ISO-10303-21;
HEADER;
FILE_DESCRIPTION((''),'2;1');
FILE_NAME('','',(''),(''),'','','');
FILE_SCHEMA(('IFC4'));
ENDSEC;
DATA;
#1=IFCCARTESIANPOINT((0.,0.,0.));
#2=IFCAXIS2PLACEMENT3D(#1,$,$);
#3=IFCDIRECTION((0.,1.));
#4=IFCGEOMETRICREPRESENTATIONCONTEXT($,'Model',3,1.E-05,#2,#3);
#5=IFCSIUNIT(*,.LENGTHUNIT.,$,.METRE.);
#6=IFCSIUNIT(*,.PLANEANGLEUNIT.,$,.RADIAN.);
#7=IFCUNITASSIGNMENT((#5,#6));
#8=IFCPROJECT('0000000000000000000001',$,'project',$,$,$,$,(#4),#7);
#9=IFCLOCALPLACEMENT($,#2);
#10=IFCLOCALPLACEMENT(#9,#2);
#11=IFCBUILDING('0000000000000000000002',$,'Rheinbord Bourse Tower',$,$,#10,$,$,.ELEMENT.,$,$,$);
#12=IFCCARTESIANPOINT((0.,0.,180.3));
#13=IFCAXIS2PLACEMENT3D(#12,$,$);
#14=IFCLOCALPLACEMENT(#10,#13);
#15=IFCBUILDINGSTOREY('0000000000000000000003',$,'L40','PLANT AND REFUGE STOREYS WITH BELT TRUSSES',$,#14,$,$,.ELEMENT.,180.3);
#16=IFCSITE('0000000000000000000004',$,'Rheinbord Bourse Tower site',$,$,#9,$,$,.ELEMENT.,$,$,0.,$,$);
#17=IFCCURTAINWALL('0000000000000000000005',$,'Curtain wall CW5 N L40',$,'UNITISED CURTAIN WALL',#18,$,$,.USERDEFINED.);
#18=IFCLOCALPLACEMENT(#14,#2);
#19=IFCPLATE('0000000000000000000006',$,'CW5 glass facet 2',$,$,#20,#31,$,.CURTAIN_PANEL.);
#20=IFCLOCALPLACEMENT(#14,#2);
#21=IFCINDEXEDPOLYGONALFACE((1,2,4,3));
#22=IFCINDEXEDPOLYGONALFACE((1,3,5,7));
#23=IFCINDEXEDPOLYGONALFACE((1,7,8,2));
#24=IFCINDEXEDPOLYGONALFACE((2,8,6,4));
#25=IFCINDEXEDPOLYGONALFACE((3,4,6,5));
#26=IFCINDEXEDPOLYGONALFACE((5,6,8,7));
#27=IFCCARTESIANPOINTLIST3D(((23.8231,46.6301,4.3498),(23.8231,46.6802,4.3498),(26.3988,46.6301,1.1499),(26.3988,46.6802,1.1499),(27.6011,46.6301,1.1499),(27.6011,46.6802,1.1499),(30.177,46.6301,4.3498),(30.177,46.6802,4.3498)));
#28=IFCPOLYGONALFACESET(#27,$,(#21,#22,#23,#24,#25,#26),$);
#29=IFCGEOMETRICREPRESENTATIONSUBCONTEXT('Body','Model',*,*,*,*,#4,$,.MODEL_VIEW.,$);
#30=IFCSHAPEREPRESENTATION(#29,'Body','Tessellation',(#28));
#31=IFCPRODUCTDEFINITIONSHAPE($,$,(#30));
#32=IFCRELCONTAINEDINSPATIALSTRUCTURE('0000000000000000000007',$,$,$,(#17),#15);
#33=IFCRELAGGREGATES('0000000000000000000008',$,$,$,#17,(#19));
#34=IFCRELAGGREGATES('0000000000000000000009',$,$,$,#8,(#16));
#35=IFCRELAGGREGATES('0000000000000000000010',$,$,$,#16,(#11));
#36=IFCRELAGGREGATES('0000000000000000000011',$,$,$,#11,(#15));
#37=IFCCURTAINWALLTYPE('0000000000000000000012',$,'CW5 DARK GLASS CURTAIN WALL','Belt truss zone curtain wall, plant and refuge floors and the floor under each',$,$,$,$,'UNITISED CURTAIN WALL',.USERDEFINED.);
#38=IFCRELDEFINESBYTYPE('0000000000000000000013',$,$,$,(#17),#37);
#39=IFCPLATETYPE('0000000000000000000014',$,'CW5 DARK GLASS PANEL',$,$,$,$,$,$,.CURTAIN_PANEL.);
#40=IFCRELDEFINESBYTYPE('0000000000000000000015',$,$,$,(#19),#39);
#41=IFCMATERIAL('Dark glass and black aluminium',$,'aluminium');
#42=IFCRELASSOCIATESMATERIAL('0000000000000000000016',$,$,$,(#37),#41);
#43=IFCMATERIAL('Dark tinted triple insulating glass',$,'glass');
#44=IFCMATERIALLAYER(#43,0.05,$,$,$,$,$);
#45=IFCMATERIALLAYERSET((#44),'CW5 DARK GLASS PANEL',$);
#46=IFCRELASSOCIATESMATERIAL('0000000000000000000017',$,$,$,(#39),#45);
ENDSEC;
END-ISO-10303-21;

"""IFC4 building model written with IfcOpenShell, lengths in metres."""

from ifc_helpers import new_model, si_unit, direction, frame, origin, place, context, subcontext, project, spatial, polyline, outline, extrude, material, layer, layer_set, type_object, element, aggregate, save


model = new_model("IFC4")

# Units and contexts
model_context = context("Model", 3, precision=1e-05, world=origin(), true_north=direction((0.0, 1.0)))
body_context = subcontext(model_context, "Body", "Model", "MODEL_VIEW")
ifc_project = project(units=[si_unit("LENGTHUNIT", "METRE"), si_unit("PLANEANGLEUNIT", "RADIAN")], contexts=[model_context])

# Site, building, storey
site_placement = place(None, origin())
site = spatial("IfcSite", under=ifc_project, at=site_placement, Name="Rheinbord Bourse Tower site", CompositionType="ELEMENT", RefElevation=0.0)
building_placement = place(site_placement, origin())
building = spatial("IfcBuilding", under=site, at=building_placement, Name="Rheinbord Bourse Tower", CompositionType="ELEMENT")
storey_placement = place(building_placement, frame((0.0, 0.0, 180.3)))
storey = spatial("IfcBuildingStorey", under=building, at=storey_placement, Name="L40", Description="PLANT AND REFUGE STOREYS WITH BELT TRUSSES", CompositionType="ELEMENT", Elevation=180.3)

# Curtain wall
ifc_material_1 = material(Name="Dark glass and black aluminium", Category="aluminium")
curtain_wall_type = type_object("IfcCurtainWallType", Name="CW5 DARK GLASS CURTAIN WALL", Description="Belt truss zone curtain wall, plant and refuge floors and the floor under each", ElementType="UNITISED CURTAIN WALL", PredefinedType="USERDEFINED", material=ifc_material_1)
curtain_wall_placement = place(storey_placement, origin())
curtain_wall = element("IfcCurtainWall", 1, at=curtain_wall_placement, inside=storey, type_object=curtain_wall_type, Name="Curtain wall CW5 N L40", ObjectType="UNITISED CURTAIN WALL", PredefinedType="USERDEFINED")

# Plate
ifc_material_2 = material(Name="Dark tinted triple insulating glass", Category="glass")
ifc_layer = layer(ifc_material_2, 0.05)
ifc_layer_set = layer_set([ifc_layer], Name="CW5 DARK GLASS PANEL")
plate_type = type_object("IfcPlateType", Name="CW5 DARK GLASS PANEL", PredefinedType="CURTAIN_PANEL", material=ifc_layer_set)
plate_1_placement = place(storey_placement, frame((27.6011, 46.6802, 1.1499), z_axis=(0.0, -1.0, 0.0), x_axis=(0.627062, 0.0, 0.778969)))
plate_1 = element("IfcPlate", 2, at=plate_1_placement, type_object=plate_type, Name="CW5 glass facet 2", PredefinedType="CURTAIN_PANEL", context=body_context, shape_type="SweptSolid", body=[
    extrude(outline(polyline([(0.0, 0.0), (4.1079, 0.0), (0.1235, 4.9495), (-0.7539, 0.9365), (0.0, 0.0)])), origin(), (0.0, 0.0, 1.0), 0.05),
])
aggregate(curtain_wall, [plate_1])

save(model, "model.ifc")
